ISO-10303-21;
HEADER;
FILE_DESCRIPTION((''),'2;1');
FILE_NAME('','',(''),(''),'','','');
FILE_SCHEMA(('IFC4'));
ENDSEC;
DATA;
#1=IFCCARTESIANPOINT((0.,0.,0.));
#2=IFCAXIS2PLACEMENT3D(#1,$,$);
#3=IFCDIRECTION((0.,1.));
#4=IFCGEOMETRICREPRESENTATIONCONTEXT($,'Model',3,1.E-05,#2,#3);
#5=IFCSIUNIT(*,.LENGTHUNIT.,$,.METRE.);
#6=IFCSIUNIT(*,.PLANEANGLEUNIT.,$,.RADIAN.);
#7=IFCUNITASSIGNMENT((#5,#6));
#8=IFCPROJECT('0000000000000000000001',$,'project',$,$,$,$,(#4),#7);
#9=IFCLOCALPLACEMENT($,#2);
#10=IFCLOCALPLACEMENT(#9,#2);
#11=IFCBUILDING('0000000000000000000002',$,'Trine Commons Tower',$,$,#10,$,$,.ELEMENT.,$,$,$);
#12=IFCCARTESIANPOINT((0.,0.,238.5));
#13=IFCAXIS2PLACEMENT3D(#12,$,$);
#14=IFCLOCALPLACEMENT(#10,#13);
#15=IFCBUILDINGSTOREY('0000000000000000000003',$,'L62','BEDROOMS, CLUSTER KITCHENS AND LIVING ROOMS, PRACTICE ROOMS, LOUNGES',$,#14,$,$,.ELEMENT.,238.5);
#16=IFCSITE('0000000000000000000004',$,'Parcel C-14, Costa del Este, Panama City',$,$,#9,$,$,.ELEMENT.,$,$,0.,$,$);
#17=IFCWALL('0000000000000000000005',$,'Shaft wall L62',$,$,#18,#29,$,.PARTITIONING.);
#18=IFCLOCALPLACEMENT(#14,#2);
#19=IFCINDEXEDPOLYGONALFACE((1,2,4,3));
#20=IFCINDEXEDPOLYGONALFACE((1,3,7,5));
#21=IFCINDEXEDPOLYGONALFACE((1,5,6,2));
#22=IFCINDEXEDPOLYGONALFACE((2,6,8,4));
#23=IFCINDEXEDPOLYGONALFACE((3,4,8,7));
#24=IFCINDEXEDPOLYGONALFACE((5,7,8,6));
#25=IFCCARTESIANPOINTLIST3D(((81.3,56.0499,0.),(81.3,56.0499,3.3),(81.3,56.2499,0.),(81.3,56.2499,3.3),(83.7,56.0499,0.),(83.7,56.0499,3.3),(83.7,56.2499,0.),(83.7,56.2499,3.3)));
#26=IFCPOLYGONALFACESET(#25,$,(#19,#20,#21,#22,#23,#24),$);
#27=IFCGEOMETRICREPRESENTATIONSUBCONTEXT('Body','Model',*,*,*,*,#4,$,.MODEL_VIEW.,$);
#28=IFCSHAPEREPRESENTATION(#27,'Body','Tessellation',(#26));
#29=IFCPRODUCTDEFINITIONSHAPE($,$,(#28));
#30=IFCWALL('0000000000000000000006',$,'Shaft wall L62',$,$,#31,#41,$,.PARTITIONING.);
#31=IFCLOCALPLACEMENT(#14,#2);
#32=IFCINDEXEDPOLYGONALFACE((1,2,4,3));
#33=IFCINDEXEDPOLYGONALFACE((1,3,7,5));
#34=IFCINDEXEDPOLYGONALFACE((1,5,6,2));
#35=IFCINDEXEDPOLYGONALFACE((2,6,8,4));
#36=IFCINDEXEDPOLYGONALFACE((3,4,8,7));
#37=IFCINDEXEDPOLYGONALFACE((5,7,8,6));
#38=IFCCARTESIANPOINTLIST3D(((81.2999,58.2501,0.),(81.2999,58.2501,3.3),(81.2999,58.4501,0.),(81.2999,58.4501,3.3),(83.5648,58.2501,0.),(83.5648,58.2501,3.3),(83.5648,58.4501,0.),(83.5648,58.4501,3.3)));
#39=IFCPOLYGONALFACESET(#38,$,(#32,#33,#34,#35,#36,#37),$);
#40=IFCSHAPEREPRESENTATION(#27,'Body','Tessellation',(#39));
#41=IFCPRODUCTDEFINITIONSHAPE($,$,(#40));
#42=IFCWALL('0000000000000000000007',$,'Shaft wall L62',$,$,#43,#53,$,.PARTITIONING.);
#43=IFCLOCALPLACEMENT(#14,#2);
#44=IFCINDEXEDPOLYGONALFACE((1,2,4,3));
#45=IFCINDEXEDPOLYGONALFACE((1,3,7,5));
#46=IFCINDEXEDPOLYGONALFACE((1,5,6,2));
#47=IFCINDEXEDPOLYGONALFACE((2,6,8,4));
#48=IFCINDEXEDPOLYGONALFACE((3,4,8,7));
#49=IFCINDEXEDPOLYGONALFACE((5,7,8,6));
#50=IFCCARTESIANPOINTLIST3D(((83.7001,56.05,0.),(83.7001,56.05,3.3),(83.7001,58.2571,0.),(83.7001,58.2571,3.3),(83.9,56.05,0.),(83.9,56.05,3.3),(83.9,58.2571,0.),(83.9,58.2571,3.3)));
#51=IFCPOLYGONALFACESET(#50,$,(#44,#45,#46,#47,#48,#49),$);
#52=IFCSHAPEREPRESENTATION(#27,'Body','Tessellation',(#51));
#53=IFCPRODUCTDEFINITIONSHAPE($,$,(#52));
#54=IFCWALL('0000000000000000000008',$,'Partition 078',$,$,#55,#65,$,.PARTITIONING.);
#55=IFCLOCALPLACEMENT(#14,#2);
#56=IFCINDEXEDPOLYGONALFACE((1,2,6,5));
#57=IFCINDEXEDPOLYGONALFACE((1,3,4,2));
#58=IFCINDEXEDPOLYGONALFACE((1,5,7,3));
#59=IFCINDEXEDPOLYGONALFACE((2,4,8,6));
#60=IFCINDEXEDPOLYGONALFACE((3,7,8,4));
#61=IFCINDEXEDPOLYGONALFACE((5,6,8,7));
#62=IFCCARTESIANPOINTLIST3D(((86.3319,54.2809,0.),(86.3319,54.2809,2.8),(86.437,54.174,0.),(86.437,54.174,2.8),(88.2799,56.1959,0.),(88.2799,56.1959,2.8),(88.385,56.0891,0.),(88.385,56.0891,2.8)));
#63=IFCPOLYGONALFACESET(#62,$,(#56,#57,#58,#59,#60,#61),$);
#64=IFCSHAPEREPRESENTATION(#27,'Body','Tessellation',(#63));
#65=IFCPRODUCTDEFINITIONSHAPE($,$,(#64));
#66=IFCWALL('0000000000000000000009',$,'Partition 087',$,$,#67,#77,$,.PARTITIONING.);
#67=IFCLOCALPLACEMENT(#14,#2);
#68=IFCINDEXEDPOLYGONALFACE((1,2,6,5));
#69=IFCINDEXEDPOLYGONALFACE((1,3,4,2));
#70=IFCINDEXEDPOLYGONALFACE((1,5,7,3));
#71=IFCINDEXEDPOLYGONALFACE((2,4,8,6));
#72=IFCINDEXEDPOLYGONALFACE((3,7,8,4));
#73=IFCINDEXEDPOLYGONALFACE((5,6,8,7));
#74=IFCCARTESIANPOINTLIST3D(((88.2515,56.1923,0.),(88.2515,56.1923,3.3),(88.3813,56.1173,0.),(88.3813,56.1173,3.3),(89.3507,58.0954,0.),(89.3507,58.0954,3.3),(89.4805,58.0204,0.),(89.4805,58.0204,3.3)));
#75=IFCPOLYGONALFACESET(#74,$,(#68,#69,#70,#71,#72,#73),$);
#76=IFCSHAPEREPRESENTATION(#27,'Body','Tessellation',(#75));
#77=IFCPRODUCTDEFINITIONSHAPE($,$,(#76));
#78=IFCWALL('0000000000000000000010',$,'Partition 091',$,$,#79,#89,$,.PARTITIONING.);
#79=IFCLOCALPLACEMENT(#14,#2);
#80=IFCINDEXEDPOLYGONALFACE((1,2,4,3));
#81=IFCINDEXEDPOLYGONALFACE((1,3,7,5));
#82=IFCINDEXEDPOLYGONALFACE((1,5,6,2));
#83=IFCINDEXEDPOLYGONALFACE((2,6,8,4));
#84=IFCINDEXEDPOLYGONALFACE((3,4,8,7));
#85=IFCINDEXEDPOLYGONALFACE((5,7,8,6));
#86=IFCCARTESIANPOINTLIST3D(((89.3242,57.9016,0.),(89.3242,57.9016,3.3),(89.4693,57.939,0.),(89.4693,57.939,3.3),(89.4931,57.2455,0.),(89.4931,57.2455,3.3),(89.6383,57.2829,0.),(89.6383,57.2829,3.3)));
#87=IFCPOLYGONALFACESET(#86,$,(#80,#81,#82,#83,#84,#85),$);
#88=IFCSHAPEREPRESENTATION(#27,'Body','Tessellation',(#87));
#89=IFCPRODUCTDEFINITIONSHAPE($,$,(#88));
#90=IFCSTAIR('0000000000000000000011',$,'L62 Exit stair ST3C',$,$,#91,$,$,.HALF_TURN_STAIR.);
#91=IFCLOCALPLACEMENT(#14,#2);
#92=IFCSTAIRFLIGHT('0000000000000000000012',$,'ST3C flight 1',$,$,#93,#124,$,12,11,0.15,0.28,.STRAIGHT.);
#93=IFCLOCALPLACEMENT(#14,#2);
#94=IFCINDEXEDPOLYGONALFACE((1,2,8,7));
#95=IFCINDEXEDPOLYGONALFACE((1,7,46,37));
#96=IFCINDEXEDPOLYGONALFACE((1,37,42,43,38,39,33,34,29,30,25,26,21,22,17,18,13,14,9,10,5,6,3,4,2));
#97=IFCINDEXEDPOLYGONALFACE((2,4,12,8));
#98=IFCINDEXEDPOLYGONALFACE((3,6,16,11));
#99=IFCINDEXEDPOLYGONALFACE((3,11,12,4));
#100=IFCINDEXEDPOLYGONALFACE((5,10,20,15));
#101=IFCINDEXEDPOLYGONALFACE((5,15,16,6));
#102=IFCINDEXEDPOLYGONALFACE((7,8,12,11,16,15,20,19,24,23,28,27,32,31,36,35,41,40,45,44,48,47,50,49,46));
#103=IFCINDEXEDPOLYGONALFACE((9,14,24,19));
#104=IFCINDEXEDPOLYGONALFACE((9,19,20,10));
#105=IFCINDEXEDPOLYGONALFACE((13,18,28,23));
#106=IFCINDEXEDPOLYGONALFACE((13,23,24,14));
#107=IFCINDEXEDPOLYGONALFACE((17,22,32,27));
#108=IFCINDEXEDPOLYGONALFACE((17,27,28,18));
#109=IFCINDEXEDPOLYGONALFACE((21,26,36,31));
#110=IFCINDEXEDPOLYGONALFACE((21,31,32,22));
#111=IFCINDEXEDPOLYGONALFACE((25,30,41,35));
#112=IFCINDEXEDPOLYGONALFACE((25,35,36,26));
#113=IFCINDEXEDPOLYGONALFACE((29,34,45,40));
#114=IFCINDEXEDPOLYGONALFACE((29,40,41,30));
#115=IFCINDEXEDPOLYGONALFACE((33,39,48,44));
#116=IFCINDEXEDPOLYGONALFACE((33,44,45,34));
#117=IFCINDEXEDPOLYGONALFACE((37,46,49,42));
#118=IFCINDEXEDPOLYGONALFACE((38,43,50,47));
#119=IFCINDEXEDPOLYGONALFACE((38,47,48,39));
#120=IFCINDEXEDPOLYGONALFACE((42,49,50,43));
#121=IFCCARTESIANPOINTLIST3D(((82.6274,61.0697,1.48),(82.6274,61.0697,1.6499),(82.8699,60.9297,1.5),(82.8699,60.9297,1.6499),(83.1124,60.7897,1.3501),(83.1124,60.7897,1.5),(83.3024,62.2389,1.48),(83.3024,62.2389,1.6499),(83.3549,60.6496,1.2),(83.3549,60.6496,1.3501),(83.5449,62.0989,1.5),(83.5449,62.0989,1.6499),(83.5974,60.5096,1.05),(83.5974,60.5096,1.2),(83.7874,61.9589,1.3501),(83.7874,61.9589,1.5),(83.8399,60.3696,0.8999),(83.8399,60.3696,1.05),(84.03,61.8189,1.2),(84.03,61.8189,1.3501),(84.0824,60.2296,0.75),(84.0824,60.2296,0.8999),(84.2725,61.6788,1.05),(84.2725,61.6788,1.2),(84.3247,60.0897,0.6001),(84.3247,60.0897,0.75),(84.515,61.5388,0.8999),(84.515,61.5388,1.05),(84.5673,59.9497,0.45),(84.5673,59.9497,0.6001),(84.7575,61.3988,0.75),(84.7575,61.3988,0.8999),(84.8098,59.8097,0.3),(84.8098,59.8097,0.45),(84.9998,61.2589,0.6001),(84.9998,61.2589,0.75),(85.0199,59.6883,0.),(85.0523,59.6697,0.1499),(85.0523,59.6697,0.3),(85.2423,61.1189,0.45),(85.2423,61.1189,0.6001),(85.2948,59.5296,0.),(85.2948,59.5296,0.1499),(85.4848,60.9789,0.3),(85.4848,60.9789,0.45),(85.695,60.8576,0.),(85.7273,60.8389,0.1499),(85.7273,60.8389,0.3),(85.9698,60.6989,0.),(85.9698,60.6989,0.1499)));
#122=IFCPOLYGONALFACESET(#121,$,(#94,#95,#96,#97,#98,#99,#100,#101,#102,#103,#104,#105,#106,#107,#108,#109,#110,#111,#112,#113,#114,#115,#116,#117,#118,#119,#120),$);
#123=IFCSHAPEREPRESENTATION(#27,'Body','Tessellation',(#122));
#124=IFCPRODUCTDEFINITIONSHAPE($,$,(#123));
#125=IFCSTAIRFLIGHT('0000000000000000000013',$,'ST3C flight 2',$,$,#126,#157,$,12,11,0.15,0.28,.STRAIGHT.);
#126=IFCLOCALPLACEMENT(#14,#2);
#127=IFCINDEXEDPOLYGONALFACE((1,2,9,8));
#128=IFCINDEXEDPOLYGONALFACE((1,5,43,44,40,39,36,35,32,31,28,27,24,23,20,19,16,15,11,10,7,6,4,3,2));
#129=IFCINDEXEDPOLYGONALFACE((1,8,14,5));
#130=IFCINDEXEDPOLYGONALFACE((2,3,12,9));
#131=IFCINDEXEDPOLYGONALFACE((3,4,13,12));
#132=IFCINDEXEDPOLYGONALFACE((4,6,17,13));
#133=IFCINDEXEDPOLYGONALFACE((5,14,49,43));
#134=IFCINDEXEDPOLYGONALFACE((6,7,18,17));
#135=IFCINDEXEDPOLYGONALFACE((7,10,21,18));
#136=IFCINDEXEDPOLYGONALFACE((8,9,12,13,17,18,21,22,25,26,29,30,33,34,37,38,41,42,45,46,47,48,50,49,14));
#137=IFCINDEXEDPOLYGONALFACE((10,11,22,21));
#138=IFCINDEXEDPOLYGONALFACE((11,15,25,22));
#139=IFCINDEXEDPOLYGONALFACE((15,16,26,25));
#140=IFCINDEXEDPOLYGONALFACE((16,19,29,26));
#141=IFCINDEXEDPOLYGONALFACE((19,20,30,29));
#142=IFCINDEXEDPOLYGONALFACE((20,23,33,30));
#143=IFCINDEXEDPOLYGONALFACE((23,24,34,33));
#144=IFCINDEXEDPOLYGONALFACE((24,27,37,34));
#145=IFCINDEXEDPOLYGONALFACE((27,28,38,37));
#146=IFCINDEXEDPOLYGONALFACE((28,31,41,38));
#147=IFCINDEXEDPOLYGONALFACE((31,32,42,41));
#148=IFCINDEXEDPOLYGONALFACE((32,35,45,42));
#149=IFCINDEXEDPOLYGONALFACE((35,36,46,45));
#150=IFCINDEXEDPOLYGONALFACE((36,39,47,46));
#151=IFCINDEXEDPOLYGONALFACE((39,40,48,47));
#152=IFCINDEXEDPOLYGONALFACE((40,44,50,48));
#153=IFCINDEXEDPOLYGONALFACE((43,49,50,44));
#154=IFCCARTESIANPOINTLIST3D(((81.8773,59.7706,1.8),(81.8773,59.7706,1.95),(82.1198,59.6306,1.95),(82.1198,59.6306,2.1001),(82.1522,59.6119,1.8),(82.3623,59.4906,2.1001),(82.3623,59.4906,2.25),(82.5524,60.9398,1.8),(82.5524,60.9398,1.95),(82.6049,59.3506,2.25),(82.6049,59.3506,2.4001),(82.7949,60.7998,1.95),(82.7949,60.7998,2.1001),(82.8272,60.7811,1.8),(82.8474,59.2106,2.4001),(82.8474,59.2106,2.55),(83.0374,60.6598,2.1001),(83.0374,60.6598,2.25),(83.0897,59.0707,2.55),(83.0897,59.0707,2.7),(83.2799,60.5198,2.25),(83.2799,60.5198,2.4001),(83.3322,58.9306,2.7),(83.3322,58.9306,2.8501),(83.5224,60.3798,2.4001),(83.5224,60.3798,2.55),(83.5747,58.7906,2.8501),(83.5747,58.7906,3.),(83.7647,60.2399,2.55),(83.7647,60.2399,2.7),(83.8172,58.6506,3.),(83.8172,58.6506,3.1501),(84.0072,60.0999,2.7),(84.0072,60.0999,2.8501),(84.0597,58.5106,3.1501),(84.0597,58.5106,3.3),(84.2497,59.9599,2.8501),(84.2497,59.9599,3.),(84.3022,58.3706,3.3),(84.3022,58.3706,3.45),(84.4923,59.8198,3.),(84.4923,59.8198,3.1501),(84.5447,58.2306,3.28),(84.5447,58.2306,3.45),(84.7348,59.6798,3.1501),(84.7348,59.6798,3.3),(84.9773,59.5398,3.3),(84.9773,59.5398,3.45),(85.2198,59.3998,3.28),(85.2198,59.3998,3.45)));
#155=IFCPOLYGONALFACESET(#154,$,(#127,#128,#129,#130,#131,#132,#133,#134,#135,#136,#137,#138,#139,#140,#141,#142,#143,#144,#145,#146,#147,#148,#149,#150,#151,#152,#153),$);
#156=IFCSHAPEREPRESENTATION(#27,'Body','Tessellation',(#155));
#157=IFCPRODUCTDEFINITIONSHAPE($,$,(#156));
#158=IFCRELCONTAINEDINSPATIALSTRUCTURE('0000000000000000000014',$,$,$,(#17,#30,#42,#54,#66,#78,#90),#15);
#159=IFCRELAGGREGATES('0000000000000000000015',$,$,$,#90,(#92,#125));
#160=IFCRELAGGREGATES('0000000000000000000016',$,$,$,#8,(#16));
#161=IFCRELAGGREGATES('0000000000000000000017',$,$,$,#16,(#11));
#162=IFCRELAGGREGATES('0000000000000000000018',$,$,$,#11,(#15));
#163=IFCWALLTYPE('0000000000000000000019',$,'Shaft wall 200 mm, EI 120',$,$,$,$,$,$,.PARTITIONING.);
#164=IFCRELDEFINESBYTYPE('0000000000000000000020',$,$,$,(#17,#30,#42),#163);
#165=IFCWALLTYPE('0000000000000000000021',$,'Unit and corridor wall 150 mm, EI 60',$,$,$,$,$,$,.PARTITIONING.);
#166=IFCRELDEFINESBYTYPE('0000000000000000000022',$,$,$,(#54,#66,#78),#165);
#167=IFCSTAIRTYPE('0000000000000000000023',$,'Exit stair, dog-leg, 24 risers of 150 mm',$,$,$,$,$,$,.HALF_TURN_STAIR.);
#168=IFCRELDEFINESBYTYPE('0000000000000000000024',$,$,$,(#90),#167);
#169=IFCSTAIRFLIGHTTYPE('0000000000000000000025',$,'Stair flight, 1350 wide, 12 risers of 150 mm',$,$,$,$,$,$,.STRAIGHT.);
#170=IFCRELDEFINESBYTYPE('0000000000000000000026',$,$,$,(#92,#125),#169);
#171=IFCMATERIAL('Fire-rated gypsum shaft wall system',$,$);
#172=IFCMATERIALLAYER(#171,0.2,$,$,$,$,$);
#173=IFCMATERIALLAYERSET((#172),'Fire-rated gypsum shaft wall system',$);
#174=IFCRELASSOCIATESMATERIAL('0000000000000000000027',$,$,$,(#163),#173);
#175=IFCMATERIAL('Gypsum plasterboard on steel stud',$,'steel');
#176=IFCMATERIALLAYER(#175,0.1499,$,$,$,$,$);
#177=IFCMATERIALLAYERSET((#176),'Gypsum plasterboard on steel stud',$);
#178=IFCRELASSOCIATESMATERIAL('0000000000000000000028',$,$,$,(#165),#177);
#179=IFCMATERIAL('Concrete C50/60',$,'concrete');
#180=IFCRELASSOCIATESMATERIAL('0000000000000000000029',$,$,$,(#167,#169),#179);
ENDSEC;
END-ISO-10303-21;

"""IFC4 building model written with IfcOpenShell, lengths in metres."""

from ifc_helpers import new_model, si_unit, direction, frame, frame_2d, origin, place, context, subcontext, project, spatial, polyline, rectangle, outline, extrude, material, layer, layer_set, type_object, element, aggregate, save


model = new_model("IFC4")

# Units and contexts
model_context = context("Model", 3, precision=1e-05, world=origin(), true_north=direction((0.0, 1.0)))
body_context = subcontext(model_context, "Body", "Model", "MODEL_VIEW")
ifc_project = project(units=[si_unit("LENGTHUNIT", "METRE"), si_unit("PLANEANGLEUNIT", "RADIAN")], contexts=[model_context])

# Site, building, storey
site_placement = place(None, origin())
site = spatial("IfcSite", under=ifc_project, at=site_placement, Name="Parcel C-14, Costa del Este, Panama City", CompositionType="ELEMENT", RefElevation=0.0)
building_placement = place(site_placement, origin())
building = spatial("IfcBuilding", under=site, at=building_placement, Name="Trine Commons Tower", CompositionType="ELEMENT")
storey_placement = place(building_placement, frame((0.0, 0.0, 238.5)))
storey = spatial("IfcBuildingStorey", under=building, at=storey_placement, Name="L62", Description="BEDROOMS, CLUSTER KITCHENS AND LIVING ROOMS, PRACTICE ROOMS, LOUNGES", CompositionType="ELEMENT", Elevation=238.5)

# Shared definitions
ifc_material_1 = material(Name="Concrete C50/60", Category="concrete")

# Walls
ifc_material_2 = material(Name="Fire-rated gypsum shaft wall system")
ifc_layer_1 = layer(ifc_material_2, 0.2)
ifc_layer_set_1 = layer_set([ifc_layer_1], Name="Fire-rated gypsum shaft wall system")
wall_type_1 = type_object("IfcWallType", Name="Shaft wall 200 mm, EI 120", PredefinedType="PARTITIONING", material=ifc_layer_set_1)
wall_1_placement = place(storey_placement, frame((81.3, 56.1499, 0.0), z_axis=(0.0, 0.0, 1.0), x_axis=(1.0, 0.0, 0.0)))
element("IfcWall", 1, at=wall_1_placement, inside=storey, type_object=wall_type_1, Name="Shaft wall L62", PredefinedType="PARTITIONING", context=body_context, shape_type="SweptSolid", body=[
    extrude(rectangle(XDim=2.3999, YDim=0.2, at=frame_2d((1.2, 0.0))), origin(), (0.0, 0.0, 1.0), 3.3),
])
wall_2_placement = place(storey_placement, frame((81.3, 58.3501, 0.0), z_axis=(0.0, 0.0, 1.0), x_axis=(1.0, 0.0, 0.0)))
element("IfcWall", 2, at=wall_2_placement, inside=storey, type_object=wall_type_1, Name="Shaft wall L62", PredefinedType="PARTITIONING", context=body_context, shape_type="SweptSolid", body=[
    extrude(rectangle(XDim=2.2649, YDim=0.2, at=frame_2d((1.1323, 0.0))), origin(), (0.0, 0.0, 1.0), 3.3),
])
wall_3_placement = place(storey_placement, frame((83.8, 58.2571, 0.0), z_axis=(0.0, 0.0, 1.0), x_axis=(0.0, -1.0, 0.0)))
element("IfcWall", 3, at=wall_3_placement, inside=storey, type_object=wall_type_1, Name="Shaft wall L62", PredefinedType="PARTITIONING", context=body_context, shape_type="SweptSolid", body=[
    extrude(rectangle(XDim=2.207, YDim=0.2, at=frame_2d((1.1035, 0.0))), origin(), (0.0, 0.0, 1.0), 3.3),
])
ifc_material_3 = material(Name="Gypsum plasterboard on steel stud", Category="steel")
ifc_layer_2 = layer(ifc_material_3, 0.1499)
ifc_layer_set_2 = layer_set([ifc_layer_2], Name="Gypsum plasterboard on steel stud")
wall_type_2 = type_object("IfcWallType", Name="Unit and corridor wall 150 mm, EI 60", PredefinedType="PARTITIONING", material=ifc_layer_set_2)
wall_4_placement = place(storey_placement, frame((86.3845, 54.2275, 0.0), z_axis=(0.0, 0.0, 1.0), x_axis=(0.713114, 0.701048, 0.0)))
element("IfcWall", 4, at=wall_4_placement, inside=storey, type_object=wall_type_2, Name="Partition 078", PredefinedType="PARTITIONING", context=body_context, shape_type="SweptSolid", body=[
    extrude(rectangle(XDim=2.7317, YDim=0.1499, at=frame_2d((1.3657, 0.0))), origin(), (0.0, 0.0, 1.0), 2.8),
])
wall_5_placement = place(storey_placement, frame((88.3164, 56.1548, 0.0), z_axis=(0.0, 0.0, 1.0), x_axis=(0.50013, 0.865951, 0.0)))
element("IfcWall", 5, at=wall_5_placement, inside=storey, type_object=wall_type_2, Name="Partition 087", PredefinedType="PARTITIONING", context=body_context, shape_type="SweptSolid", body=[
    extrude(rectangle(XDim=2.1978, YDim=0.1499, at=frame_2d((1.0989, 0.0))), origin(), (0.0, 0.0, 1.0), 3.3),
])
wall_6_placement = place(storey_placement, frame((89.3967, 57.9204, 0.0), z_axis=(0.0, 0.0, 1.0), x_axis=(0.249398, -0.968401, 0.0)))
element("IfcWall", 6, at=wall_6_placement, inside=storey, type_object=wall_type_2, Name="Partition 091", PredefinedType="PARTITIONING", context=body_context, shape_type="SweptSolid", body=[
    extrude(rectangle(XDim=0.6775, YDim=0.1499, at=frame_2d((0.3389, 0.0))), origin(), (0.0, 0.0, 1.0), 3.3),
])

# Stair, stair flights
stair_type = type_object("IfcStairType", Name="Exit stair, dog-leg, 24 risers of 150 mm", PredefinedType="HALF_TURN_STAIR", material=ifc_material_1)
stair_placement = place(storey_placement, origin())
stair = element("IfcStair", 7, at=stair_placement, inside=storey, type_object=stair_type, Name="L62 Exit stair ST3C", PredefinedType="HALF_TURN_STAIR")
stair_flight_type = type_object("IfcStairFlightType", Name="Stair flight, 1350 wide, 12 risers of 150 mm", PredefinedType="STRAIGHT", material=ifc_material_1)
stair_flight_1_placement = place(storey_placement, frame((85.6323, 60.1143, 0.0), z_axis=(0.0, 0.0, 1.0), x_axis=(-0.866025, 0.5, 0.0)))
stair_flight_1 = element("IfcStairFlight", 8, at=stair_flight_1_placement, type_object=stair_flight_type, Name="ST3C flight 1", NumberOfRisers=12, NumberOfTreads=11, PredefinedType="STRAIGHT", RiserHeight=0.15, TreadLength=0.28, context=body_context, shape_type="SweptSolid", body=[
    extrude(outline(polyline([(0.0, 0.0), (0.0, 0.1499), (0.28, 0.1499), (0.28, 0.3), (0.5601, 0.3), (0.5601, 0.45), (0.8401, 0.45), (0.8401, 0.6001), (1.1201, 0.6001), (1.1201, 0.75), (1.3999, 0.75), (1.3999, 0.8999), (1.6799, 0.8999), (1.6799, 1.05), (1.96, 1.05), (1.96, 1.2), (2.24, 1.2), (2.24, 1.3501), (2.52, 1.3501), (2.52, 1.5), (2.8, 1.5), (2.8, 1.6499), (3.0801, 1.6499), (3.0801, 1.8), (3.0801, 1.48), (0.3174, 0.0), (0.0, 0.0)])), frame((0.0, 0.675, 0.0), z_axis=(0.0, -1.0, 0.0), x_axis=(1.0, 0.0, 0.0)), (0.0, 0.0, 1.0), 1.3501),
])
stair_flight_2_placement = place(storey_placement, frame((82.2148, 60.3552, 1.8), z_axis=(0.0, 0.0, 1.0), x_axis=(0.866025, -0.5, 0.0)))
stair_flight_2 = element("IfcStairFlight", 9, at=stair_flight_2_placement, type_object=stair_flight_type, Name="ST3C flight 2", NumberOfRisers=12, NumberOfTreads=11, PredefinedType="STRAIGHT", RiserHeight=0.15, TreadLength=0.28, context=body_context, shape_type="SweptSolid", body=[
    extrude(outline(polyline([(0.0, 0.0), (0.0, 0.1499), (0.28, 0.1499), (0.28, 0.3), (0.5601, 0.3), (0.5601, 0.45), (0.8401, 0.45), (0.8401, 0.6001), (1.1201, 0.6001), (1.1201, 0.75), (1.3999, 0.75), (1.3999, 0.8999), (1.6799, 0.8999), (1.6799, 1.05), (1.96, 1.05), (1.96, 1.2), (2.24, 1.2), (2.24, 1.3501), (2.52, 1.3501), (2.52, 1.5), (2.8, 1.5), (2.8, 1.6499), (3.0801, 1.6499), (3.0801, 1.8), (3.0801, 1.48), (0.3174, 0.0), (0.0, 0.0)])), frame((0.0, 0.675, 0.0), z_axis=(0.0, -1.0, 0.0), x_axis=(1.0, 0.0, 0.0)), (0.0, 0.0, 1.0), 1.3501),
])
aggregate(stair, [stair_flight_1, stair_flight_2])

save(model, "model.ifc")
